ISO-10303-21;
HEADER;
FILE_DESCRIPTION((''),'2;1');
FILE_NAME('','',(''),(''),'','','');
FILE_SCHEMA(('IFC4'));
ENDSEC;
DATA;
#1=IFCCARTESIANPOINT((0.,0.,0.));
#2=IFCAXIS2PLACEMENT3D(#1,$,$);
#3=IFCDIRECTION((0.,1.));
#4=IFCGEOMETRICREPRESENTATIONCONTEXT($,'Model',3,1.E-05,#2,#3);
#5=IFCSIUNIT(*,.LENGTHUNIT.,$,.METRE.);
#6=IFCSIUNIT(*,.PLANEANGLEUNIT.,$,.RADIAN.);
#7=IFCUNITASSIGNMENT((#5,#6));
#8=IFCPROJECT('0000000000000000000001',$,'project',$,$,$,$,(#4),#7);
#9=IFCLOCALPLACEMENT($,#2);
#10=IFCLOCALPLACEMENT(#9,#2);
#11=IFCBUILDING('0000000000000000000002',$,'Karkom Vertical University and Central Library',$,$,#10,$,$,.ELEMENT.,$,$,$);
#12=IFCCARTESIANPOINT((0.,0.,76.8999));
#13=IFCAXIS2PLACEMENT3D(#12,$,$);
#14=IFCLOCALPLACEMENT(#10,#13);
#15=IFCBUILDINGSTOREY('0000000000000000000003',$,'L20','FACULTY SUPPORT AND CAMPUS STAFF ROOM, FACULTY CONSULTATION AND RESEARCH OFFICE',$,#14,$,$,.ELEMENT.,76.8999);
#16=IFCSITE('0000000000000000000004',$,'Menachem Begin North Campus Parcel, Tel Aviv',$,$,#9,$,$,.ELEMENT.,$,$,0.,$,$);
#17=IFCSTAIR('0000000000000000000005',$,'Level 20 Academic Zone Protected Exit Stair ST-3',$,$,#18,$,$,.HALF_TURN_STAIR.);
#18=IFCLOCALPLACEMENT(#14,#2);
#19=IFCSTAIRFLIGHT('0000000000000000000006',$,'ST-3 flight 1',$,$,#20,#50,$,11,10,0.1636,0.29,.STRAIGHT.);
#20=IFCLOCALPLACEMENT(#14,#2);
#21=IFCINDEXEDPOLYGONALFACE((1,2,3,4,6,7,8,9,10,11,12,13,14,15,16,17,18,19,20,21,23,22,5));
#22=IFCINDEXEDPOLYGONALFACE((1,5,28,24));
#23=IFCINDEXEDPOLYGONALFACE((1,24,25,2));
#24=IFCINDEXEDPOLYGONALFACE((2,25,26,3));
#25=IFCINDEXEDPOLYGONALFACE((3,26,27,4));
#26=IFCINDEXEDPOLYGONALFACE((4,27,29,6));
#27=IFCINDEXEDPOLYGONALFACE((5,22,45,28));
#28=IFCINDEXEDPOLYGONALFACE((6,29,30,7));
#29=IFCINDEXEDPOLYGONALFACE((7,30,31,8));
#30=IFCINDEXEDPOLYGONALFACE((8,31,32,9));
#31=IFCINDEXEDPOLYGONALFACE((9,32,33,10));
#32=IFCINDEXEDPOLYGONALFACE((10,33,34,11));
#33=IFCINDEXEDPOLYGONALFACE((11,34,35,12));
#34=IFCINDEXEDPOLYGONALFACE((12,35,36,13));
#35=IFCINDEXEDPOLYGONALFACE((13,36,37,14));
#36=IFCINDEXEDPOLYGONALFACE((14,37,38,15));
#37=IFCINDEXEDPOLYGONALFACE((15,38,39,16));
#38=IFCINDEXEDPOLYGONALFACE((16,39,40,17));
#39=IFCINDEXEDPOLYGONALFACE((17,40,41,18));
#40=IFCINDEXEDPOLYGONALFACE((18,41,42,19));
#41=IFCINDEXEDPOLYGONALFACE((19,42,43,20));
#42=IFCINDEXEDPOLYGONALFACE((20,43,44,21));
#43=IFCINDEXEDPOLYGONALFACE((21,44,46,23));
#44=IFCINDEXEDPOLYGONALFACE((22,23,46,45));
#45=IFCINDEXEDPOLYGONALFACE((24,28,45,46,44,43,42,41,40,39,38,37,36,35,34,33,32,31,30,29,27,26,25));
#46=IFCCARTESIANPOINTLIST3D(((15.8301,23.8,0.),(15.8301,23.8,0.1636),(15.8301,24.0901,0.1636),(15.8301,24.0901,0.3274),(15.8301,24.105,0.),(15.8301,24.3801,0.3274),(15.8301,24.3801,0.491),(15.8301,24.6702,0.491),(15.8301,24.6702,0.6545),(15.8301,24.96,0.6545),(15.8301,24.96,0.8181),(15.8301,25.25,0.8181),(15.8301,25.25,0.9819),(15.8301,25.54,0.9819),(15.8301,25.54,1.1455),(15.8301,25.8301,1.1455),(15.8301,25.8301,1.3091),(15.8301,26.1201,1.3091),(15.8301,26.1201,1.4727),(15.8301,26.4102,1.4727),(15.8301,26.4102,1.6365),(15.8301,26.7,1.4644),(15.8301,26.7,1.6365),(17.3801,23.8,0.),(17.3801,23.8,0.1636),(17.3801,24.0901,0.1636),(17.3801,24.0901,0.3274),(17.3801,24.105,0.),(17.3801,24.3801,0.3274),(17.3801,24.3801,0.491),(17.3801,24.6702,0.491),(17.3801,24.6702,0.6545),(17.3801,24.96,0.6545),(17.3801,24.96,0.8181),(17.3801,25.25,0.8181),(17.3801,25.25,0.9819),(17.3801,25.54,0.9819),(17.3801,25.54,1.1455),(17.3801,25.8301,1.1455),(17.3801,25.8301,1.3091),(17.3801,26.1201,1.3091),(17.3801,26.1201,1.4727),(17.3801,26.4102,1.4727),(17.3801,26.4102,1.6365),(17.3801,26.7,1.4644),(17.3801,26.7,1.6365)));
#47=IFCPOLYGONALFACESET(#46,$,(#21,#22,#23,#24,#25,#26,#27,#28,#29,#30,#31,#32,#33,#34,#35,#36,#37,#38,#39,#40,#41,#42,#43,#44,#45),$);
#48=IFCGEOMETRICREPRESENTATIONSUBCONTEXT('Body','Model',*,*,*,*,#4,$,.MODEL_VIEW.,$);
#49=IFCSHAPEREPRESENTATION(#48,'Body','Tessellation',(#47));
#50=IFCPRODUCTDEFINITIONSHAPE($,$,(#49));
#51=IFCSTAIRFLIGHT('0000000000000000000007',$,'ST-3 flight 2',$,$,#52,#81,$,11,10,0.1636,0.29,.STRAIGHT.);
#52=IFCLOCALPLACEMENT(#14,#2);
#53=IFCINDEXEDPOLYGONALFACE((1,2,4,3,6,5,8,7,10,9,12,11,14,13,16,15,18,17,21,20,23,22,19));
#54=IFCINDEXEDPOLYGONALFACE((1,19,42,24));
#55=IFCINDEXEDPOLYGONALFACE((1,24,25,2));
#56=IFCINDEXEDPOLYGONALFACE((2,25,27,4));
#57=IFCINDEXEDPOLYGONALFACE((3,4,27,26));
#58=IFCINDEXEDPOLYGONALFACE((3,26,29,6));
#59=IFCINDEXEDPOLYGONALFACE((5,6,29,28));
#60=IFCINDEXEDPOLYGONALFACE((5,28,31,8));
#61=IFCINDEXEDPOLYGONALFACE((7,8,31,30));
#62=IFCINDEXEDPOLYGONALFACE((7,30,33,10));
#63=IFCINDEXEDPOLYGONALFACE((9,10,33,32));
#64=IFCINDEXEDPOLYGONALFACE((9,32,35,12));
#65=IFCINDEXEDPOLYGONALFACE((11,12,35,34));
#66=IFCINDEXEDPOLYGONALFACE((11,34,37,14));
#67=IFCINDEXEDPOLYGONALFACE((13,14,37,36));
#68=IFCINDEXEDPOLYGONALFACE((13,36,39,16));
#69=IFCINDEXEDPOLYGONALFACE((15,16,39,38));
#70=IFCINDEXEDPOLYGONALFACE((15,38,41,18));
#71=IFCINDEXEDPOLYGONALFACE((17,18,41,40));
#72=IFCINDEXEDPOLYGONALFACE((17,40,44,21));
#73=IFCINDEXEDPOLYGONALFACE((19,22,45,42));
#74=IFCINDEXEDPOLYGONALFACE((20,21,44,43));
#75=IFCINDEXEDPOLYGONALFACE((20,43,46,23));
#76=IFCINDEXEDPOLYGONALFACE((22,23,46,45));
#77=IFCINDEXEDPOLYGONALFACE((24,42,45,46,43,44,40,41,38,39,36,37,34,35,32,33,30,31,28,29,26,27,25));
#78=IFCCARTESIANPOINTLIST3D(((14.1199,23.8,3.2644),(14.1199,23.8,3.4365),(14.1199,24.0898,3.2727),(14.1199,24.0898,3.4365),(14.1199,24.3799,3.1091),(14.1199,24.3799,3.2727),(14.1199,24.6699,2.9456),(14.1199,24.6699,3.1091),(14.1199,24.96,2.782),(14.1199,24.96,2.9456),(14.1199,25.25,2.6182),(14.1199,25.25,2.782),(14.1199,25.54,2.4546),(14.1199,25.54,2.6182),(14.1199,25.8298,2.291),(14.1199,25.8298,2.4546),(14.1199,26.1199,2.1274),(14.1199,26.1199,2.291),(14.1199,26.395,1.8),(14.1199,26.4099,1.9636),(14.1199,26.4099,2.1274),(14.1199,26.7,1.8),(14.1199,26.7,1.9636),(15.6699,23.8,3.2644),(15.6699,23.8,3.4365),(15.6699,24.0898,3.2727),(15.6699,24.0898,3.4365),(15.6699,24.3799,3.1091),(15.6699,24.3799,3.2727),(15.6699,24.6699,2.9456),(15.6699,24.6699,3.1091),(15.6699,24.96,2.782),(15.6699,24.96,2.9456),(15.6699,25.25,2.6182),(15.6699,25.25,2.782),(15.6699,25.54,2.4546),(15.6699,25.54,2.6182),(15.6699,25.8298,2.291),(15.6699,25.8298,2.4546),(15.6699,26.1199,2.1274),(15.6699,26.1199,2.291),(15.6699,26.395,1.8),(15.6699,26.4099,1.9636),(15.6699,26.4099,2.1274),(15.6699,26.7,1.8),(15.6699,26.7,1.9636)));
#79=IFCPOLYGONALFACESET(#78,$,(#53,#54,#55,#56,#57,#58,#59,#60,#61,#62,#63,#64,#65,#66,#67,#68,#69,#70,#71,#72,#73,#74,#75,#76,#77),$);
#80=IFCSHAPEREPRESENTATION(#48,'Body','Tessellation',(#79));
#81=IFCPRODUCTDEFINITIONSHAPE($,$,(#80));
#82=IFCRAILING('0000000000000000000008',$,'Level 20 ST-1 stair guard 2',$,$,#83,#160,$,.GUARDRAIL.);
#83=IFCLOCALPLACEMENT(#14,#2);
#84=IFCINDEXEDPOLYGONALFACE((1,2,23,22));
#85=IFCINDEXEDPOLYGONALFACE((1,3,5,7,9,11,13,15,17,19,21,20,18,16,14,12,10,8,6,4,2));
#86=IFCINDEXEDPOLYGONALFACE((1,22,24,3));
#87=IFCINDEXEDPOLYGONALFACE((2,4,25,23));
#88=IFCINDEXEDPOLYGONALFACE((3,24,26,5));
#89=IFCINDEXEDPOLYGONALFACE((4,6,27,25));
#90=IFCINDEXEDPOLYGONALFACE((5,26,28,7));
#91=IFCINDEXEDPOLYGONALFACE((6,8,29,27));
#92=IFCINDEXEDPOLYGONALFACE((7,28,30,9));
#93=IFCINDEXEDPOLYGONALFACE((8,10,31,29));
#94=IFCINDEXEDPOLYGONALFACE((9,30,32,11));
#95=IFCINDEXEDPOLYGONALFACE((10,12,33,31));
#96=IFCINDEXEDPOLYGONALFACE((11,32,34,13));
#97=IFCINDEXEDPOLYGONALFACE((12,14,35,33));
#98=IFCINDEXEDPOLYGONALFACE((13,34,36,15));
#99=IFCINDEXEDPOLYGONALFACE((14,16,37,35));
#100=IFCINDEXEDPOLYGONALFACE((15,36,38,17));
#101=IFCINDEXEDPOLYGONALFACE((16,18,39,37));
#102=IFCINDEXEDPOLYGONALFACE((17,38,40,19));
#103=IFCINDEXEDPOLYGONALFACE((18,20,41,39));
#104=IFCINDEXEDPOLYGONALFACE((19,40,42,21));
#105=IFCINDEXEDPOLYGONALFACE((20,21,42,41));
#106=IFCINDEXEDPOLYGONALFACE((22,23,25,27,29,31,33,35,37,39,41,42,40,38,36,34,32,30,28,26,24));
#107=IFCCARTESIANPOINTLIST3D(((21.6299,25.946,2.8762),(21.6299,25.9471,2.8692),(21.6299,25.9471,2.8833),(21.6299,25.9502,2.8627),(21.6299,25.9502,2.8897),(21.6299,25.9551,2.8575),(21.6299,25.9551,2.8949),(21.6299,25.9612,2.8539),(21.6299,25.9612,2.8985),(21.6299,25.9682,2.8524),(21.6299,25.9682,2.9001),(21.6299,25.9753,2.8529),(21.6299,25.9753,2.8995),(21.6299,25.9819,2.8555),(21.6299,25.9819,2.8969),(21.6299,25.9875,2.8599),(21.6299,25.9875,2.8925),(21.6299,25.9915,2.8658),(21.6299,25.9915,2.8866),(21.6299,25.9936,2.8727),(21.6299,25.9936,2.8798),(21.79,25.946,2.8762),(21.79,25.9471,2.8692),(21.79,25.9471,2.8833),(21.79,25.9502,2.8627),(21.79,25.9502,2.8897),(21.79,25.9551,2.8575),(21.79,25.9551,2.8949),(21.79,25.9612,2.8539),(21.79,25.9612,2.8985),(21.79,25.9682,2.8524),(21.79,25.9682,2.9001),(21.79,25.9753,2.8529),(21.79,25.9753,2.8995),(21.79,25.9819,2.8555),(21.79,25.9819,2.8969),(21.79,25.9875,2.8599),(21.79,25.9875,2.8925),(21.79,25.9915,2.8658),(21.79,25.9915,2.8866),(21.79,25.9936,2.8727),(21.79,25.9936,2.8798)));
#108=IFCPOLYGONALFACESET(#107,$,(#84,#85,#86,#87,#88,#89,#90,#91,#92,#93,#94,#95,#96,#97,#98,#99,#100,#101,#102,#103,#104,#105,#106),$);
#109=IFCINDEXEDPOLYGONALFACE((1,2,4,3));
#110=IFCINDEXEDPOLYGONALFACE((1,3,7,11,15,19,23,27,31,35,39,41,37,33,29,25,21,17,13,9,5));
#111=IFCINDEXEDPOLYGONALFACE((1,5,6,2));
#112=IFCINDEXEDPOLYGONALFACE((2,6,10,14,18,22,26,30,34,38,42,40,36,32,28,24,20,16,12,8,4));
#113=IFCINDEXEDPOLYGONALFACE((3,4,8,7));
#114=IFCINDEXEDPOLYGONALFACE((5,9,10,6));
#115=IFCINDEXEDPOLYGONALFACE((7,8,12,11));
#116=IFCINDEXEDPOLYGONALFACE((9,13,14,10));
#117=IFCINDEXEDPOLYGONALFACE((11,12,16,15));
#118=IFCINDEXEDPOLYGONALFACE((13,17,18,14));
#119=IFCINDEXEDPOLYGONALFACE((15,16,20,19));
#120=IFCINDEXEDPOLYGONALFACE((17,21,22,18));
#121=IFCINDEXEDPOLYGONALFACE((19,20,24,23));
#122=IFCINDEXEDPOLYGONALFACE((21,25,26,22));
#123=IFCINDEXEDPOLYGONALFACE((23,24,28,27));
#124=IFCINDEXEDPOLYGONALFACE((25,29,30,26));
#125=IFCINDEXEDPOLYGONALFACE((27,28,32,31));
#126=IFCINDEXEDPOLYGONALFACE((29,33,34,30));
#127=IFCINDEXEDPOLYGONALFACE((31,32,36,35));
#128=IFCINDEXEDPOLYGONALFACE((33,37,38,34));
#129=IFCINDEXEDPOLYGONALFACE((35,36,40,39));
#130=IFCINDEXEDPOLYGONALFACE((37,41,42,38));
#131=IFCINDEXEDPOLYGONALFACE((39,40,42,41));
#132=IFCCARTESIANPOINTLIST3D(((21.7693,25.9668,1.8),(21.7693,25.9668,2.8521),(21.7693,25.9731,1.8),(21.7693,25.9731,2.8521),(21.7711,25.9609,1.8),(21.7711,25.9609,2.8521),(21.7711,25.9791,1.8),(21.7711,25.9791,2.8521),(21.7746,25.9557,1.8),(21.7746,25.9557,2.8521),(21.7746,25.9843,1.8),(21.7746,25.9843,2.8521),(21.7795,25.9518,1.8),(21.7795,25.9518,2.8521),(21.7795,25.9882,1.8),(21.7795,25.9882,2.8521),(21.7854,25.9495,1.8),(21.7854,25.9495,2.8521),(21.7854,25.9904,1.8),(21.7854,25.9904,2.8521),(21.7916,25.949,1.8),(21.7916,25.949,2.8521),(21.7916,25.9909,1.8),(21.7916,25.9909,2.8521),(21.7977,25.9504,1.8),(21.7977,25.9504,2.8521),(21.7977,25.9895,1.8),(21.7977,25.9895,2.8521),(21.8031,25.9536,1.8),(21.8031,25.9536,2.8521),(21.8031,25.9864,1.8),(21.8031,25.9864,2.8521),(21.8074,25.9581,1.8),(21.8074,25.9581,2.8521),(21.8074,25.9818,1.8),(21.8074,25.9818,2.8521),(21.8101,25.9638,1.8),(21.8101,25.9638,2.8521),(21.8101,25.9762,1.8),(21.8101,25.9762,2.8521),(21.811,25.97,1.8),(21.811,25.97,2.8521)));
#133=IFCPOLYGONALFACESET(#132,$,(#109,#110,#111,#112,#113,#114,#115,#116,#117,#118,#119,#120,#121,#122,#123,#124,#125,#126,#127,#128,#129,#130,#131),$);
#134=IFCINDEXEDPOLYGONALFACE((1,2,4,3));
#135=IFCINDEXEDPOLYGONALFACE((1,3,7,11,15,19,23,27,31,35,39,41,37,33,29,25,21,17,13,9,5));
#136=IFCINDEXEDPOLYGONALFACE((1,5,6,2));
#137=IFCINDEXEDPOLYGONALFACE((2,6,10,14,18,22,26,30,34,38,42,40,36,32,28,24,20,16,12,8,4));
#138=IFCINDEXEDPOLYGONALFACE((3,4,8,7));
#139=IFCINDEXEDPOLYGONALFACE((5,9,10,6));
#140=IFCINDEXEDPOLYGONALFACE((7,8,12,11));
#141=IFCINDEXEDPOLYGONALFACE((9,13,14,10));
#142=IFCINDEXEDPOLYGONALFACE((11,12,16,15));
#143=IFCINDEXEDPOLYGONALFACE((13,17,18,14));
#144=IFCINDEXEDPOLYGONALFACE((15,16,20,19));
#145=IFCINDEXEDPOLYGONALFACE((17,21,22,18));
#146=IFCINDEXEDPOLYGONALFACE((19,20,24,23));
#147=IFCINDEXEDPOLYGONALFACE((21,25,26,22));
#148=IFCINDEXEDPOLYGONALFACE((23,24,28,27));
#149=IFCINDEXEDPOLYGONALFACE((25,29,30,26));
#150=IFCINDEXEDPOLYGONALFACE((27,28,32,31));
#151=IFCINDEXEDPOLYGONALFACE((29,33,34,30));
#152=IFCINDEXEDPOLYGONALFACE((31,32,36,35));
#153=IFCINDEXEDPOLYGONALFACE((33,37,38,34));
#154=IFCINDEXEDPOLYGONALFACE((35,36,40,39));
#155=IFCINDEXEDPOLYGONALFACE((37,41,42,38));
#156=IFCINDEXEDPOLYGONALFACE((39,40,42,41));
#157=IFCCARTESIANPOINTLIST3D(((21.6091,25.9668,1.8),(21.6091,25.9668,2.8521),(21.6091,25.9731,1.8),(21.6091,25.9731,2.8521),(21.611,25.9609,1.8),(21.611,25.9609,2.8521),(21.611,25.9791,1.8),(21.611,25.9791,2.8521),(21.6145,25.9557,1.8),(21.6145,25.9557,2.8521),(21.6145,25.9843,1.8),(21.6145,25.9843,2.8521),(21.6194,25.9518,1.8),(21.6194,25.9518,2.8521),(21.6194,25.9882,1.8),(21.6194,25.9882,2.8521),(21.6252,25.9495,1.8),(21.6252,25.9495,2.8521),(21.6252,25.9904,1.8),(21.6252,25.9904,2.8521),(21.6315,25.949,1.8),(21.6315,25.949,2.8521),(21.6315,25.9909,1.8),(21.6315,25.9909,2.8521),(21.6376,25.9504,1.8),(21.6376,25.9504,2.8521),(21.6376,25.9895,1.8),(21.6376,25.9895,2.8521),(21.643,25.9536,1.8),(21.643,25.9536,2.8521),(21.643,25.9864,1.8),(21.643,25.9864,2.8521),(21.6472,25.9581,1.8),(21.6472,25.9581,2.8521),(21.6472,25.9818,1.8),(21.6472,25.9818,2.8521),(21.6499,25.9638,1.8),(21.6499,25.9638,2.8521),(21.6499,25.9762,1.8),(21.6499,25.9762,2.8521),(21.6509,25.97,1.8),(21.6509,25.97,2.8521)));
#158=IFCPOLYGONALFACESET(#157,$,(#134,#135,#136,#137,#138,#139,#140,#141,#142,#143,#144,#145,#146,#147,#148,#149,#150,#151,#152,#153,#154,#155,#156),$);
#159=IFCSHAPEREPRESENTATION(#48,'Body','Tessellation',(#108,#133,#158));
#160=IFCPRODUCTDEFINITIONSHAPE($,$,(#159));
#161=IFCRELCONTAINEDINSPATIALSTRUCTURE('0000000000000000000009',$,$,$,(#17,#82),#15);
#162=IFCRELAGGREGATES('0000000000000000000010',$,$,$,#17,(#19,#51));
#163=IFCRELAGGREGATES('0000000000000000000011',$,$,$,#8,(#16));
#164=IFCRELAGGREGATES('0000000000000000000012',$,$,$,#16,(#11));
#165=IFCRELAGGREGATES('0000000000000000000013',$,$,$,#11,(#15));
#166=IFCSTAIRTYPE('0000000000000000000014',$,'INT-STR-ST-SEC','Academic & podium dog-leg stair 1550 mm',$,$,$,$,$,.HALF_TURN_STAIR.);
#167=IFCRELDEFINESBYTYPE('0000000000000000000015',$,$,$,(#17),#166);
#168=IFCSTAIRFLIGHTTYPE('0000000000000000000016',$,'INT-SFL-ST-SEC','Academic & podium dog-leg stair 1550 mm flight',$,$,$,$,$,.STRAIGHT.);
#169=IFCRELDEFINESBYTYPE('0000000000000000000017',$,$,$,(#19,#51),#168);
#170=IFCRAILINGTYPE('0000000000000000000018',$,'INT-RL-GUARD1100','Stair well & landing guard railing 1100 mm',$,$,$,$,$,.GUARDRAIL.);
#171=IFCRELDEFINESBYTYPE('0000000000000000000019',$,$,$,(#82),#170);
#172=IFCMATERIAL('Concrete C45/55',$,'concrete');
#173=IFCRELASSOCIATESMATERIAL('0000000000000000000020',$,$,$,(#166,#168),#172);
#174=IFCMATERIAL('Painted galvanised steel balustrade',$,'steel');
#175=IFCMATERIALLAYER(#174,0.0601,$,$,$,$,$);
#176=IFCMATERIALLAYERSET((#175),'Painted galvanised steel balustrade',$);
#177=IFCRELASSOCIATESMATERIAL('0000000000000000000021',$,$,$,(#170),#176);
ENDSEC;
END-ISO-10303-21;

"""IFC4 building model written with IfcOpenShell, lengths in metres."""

from ifc_helpers import new_model, si_unit, direction, frame, origin, origin_2d, place, context, subcontext, project, spatial, polyline, circle, outline, extrude, material, layer, layer_set, type_object, element, aggregate, save


model = new_model("IFC4")

# Units and contexts
model_context = context("Model", 3, precision=1e-05, world=origin(), true_north=direction((0.0, 1.0)))
body_context = subcontext(model_context, "Body", "Model", "MODEL_VIEW")
ifc_project = project(units=[si_unit("LENGTHUNIT", "METRE"), si_unit("PLANEANGLEUNIT", "RADIAN")], contexts=[model_context])

# Site, building, storey
site_placement = place(None, origin())
site = spatial("IfcSite", under=ifc_project, at=site_placement, Name="Menachem Begin North Campus Parcel, Tel Aviv", CompositionType="ELEMENT", RefElevation=0.0)
building_placement = place(site_placement, origin())
building = spatial("IfcBuilding", under=site, at=building_placement, Name="Karkom Vertical University and Central Library", CompositionType="ELEMENT")
storey_placement = place(building_placement, frame((0.0, 0.0, 76.8999)))
storey = spatial("IfcBuildingStorey", under=building, at=storey_placement, Name="L20", Description="FACULTY SUPPORT AND CAMPUS STAFF ROOM, FACULTY CONSULTATION AND RESEARCH OFFICE", CompositionType="ELEMENT", Elevation=76.8999)

# Shared definitions
ifc_material_1 = material(Name="Concrete C45/55", Category="concrete")

# Stair, stair flights
stair_type_1 = type_object("IfcStairType", Name="INT-STR-ST-SEC", Description="Academic & podium dog-leg stair 1550 mm", PredefinedType="HALF_TURN_STAIR", material=ifc_material_1)
stair_1_placement = place(storey_placement, origin())
stair_1 = element("IfcStair", 1, at=stair_1_placement, inside=storey, type_object=stair_type_1, Name="Level 20 Academic Zone Protected Exit Stair ST-3", PredefinedType="HALF_TURN_STAIR")
stair_flight_type_1 = type_object("IfcStairFlightType", Name="INT-SFL-ST-SEC", Description="Academic & podium dog-leg stair 1550 mm flight", PredefinedType="STRAIGHT", material=ifc_material_1)
stair_flight_1_placement = place(storey_placement, frame((16.605, 23.8, 0.0), z_axis=(0.0, 0.0, 1.0), x_axis=(0.0, 1.0, 0.0)))
stair_flight_1 = element("IfcStairFlight", 2, at=stair_flight_1_placement, type_object=stair_flight_type_1, Name="ST-3 flight 1", NumberOfRisers=11, NumberOfTreads=10, PredefinedType="STRAIGHT", RiserHeight=0.1636, TreadLength=0.29, context=body_context, shape_type="SweptSolid", body=[
    extrude(outline(polyline([(0.0, 0.0), (0.0, 0.1636), (0.29, 0.1636), (0.29, 0.3274), (0.5801, 0.3274), (0.5801, 0.491), (0.8701, 0.491), (0.8701, 0.6545), (1.1599, 0.6545), (1.1599, 0.8181), (1.45, 0.8181), (1.45, 0.9819), (1.74, 0.9819), (1.74, 1.1455), (2.03, 1.1455), (2.03, 1.3091), (2.3201, 1.3091), (2.3201, 1.4727), (2.6101, 1.4727), (2.6101, 1.6365), (2.8999, 1.6365), (2.8999, 1.8), (2.8999, 1.4644), (0.3049, 0.0), (0.0, 0.0)])), frame((0.0, 0.7749, 0.0), z_axis=(0.0, -1.0, 0.0), x_axis=(1.0, 0.0, 0.0)), (0.0, 0.0, 1.0), 1.55),
])
stair_flight_2_placement = place(storey_placement, frame((14.895, 26.7, 1.8), z_axis=(0.0, 0.0, 1.0), x_axis=(0.0, -1.0, 0.0)))
stair_flight_2 = element("IfcStairFlight", 3, at=stair_flight_2_placement, type_object=stair_flight_type_1, Name="ST-3 flight 2", NumberOfRisers=11, NumberOfTreads=10, PredefinedType="STRAIGHT", RiserHeight=0.1636, TreadLength=0.29, context=body_context, shape_type="SweptSolid", body=[
    extrude(outline(polyline([(0.0, 0.0), (0.0, 0.1636), (0.29, 0.1636), (0.29, 0.3274), (0.5801, 0.3274), (0.5801, 0.491), (0.8701, 0.491), (0.8701, 0.6545), (1.1599, 0.6545), (1.1599, 0.8181), (1.45, 0.8181), (1.45, 0.9819), (1.74, 0.9819), (1.74, 1.1455), (2.03, 1.1455), (2.03, 1.3091), (2.3201, 1.3091), (2.3201, 1.4727), (2.6101, 1.4727), (2.6101, 1.6365), (2.8999, 1.6365), (2.8999, 1.8), (2.8999, 1.4644), (0.3049, 0.0), (0.0, 0.0)])), frame((0.0, 0.7749, 0.0), z_axis=(0.0, -1.0, 0.0), x_axis=(1.0, 0.0, 0.0)), (0.0, 0.0, 1.0), 1.55),
])
aggregate(stair_1, [stair_flight_1, stair_flight_2])

# Railing
ifc_material_2 = material(Name="Painted galvanised steel balustrade", Category="steel")
ifc_layer_1 = layer(ifc_material_2, 0.0601)
ifc_layer_set_1 = layer_set([ifc_layer_1], Name="Painted galvanised steel balustrade")
railing_type_1 = type_object("IfcRailingType", Name="INT-RL-GUARD1100", Description="Stair well & landing guard railing 1100 mm", PredefinedType="GUARDRAIL", material=ifc_layer_set_1)
railing_1_placement = place(storey_placement, frame((21.79, 25.97, 1.8)))
element("IfcRailing", 4, at=railing_1_placement, inside=storey, type_object=railing_type_1, Name="Level 20 ST-1 stair guard 2", PredefinedType="GUARDRAIL", context=body_context, shape_type="SweptSolid", body=[
    extrude(circle(Radius=0.0239, at=origin_2d()), frame((0.0, 0.0, 1.0762), z_axis=(-1.0, 0.0, 0.0), x_axis=(0.0, -1.0, 0.0)), (0.0, 0.0, 1.0), 0.1602),
    extrude(circle(Radius=0.021, at=origin_2d()), origin(), (0.0, 0.0, 1.0), 1.052),
    extrude(circle(Radius=0.021, at=origin_2d()), frame((-0.1602, 0.0, 0.0)), (0.0, 0.0, 1.0), 1.052),
])

save(model, "model.ifc")
